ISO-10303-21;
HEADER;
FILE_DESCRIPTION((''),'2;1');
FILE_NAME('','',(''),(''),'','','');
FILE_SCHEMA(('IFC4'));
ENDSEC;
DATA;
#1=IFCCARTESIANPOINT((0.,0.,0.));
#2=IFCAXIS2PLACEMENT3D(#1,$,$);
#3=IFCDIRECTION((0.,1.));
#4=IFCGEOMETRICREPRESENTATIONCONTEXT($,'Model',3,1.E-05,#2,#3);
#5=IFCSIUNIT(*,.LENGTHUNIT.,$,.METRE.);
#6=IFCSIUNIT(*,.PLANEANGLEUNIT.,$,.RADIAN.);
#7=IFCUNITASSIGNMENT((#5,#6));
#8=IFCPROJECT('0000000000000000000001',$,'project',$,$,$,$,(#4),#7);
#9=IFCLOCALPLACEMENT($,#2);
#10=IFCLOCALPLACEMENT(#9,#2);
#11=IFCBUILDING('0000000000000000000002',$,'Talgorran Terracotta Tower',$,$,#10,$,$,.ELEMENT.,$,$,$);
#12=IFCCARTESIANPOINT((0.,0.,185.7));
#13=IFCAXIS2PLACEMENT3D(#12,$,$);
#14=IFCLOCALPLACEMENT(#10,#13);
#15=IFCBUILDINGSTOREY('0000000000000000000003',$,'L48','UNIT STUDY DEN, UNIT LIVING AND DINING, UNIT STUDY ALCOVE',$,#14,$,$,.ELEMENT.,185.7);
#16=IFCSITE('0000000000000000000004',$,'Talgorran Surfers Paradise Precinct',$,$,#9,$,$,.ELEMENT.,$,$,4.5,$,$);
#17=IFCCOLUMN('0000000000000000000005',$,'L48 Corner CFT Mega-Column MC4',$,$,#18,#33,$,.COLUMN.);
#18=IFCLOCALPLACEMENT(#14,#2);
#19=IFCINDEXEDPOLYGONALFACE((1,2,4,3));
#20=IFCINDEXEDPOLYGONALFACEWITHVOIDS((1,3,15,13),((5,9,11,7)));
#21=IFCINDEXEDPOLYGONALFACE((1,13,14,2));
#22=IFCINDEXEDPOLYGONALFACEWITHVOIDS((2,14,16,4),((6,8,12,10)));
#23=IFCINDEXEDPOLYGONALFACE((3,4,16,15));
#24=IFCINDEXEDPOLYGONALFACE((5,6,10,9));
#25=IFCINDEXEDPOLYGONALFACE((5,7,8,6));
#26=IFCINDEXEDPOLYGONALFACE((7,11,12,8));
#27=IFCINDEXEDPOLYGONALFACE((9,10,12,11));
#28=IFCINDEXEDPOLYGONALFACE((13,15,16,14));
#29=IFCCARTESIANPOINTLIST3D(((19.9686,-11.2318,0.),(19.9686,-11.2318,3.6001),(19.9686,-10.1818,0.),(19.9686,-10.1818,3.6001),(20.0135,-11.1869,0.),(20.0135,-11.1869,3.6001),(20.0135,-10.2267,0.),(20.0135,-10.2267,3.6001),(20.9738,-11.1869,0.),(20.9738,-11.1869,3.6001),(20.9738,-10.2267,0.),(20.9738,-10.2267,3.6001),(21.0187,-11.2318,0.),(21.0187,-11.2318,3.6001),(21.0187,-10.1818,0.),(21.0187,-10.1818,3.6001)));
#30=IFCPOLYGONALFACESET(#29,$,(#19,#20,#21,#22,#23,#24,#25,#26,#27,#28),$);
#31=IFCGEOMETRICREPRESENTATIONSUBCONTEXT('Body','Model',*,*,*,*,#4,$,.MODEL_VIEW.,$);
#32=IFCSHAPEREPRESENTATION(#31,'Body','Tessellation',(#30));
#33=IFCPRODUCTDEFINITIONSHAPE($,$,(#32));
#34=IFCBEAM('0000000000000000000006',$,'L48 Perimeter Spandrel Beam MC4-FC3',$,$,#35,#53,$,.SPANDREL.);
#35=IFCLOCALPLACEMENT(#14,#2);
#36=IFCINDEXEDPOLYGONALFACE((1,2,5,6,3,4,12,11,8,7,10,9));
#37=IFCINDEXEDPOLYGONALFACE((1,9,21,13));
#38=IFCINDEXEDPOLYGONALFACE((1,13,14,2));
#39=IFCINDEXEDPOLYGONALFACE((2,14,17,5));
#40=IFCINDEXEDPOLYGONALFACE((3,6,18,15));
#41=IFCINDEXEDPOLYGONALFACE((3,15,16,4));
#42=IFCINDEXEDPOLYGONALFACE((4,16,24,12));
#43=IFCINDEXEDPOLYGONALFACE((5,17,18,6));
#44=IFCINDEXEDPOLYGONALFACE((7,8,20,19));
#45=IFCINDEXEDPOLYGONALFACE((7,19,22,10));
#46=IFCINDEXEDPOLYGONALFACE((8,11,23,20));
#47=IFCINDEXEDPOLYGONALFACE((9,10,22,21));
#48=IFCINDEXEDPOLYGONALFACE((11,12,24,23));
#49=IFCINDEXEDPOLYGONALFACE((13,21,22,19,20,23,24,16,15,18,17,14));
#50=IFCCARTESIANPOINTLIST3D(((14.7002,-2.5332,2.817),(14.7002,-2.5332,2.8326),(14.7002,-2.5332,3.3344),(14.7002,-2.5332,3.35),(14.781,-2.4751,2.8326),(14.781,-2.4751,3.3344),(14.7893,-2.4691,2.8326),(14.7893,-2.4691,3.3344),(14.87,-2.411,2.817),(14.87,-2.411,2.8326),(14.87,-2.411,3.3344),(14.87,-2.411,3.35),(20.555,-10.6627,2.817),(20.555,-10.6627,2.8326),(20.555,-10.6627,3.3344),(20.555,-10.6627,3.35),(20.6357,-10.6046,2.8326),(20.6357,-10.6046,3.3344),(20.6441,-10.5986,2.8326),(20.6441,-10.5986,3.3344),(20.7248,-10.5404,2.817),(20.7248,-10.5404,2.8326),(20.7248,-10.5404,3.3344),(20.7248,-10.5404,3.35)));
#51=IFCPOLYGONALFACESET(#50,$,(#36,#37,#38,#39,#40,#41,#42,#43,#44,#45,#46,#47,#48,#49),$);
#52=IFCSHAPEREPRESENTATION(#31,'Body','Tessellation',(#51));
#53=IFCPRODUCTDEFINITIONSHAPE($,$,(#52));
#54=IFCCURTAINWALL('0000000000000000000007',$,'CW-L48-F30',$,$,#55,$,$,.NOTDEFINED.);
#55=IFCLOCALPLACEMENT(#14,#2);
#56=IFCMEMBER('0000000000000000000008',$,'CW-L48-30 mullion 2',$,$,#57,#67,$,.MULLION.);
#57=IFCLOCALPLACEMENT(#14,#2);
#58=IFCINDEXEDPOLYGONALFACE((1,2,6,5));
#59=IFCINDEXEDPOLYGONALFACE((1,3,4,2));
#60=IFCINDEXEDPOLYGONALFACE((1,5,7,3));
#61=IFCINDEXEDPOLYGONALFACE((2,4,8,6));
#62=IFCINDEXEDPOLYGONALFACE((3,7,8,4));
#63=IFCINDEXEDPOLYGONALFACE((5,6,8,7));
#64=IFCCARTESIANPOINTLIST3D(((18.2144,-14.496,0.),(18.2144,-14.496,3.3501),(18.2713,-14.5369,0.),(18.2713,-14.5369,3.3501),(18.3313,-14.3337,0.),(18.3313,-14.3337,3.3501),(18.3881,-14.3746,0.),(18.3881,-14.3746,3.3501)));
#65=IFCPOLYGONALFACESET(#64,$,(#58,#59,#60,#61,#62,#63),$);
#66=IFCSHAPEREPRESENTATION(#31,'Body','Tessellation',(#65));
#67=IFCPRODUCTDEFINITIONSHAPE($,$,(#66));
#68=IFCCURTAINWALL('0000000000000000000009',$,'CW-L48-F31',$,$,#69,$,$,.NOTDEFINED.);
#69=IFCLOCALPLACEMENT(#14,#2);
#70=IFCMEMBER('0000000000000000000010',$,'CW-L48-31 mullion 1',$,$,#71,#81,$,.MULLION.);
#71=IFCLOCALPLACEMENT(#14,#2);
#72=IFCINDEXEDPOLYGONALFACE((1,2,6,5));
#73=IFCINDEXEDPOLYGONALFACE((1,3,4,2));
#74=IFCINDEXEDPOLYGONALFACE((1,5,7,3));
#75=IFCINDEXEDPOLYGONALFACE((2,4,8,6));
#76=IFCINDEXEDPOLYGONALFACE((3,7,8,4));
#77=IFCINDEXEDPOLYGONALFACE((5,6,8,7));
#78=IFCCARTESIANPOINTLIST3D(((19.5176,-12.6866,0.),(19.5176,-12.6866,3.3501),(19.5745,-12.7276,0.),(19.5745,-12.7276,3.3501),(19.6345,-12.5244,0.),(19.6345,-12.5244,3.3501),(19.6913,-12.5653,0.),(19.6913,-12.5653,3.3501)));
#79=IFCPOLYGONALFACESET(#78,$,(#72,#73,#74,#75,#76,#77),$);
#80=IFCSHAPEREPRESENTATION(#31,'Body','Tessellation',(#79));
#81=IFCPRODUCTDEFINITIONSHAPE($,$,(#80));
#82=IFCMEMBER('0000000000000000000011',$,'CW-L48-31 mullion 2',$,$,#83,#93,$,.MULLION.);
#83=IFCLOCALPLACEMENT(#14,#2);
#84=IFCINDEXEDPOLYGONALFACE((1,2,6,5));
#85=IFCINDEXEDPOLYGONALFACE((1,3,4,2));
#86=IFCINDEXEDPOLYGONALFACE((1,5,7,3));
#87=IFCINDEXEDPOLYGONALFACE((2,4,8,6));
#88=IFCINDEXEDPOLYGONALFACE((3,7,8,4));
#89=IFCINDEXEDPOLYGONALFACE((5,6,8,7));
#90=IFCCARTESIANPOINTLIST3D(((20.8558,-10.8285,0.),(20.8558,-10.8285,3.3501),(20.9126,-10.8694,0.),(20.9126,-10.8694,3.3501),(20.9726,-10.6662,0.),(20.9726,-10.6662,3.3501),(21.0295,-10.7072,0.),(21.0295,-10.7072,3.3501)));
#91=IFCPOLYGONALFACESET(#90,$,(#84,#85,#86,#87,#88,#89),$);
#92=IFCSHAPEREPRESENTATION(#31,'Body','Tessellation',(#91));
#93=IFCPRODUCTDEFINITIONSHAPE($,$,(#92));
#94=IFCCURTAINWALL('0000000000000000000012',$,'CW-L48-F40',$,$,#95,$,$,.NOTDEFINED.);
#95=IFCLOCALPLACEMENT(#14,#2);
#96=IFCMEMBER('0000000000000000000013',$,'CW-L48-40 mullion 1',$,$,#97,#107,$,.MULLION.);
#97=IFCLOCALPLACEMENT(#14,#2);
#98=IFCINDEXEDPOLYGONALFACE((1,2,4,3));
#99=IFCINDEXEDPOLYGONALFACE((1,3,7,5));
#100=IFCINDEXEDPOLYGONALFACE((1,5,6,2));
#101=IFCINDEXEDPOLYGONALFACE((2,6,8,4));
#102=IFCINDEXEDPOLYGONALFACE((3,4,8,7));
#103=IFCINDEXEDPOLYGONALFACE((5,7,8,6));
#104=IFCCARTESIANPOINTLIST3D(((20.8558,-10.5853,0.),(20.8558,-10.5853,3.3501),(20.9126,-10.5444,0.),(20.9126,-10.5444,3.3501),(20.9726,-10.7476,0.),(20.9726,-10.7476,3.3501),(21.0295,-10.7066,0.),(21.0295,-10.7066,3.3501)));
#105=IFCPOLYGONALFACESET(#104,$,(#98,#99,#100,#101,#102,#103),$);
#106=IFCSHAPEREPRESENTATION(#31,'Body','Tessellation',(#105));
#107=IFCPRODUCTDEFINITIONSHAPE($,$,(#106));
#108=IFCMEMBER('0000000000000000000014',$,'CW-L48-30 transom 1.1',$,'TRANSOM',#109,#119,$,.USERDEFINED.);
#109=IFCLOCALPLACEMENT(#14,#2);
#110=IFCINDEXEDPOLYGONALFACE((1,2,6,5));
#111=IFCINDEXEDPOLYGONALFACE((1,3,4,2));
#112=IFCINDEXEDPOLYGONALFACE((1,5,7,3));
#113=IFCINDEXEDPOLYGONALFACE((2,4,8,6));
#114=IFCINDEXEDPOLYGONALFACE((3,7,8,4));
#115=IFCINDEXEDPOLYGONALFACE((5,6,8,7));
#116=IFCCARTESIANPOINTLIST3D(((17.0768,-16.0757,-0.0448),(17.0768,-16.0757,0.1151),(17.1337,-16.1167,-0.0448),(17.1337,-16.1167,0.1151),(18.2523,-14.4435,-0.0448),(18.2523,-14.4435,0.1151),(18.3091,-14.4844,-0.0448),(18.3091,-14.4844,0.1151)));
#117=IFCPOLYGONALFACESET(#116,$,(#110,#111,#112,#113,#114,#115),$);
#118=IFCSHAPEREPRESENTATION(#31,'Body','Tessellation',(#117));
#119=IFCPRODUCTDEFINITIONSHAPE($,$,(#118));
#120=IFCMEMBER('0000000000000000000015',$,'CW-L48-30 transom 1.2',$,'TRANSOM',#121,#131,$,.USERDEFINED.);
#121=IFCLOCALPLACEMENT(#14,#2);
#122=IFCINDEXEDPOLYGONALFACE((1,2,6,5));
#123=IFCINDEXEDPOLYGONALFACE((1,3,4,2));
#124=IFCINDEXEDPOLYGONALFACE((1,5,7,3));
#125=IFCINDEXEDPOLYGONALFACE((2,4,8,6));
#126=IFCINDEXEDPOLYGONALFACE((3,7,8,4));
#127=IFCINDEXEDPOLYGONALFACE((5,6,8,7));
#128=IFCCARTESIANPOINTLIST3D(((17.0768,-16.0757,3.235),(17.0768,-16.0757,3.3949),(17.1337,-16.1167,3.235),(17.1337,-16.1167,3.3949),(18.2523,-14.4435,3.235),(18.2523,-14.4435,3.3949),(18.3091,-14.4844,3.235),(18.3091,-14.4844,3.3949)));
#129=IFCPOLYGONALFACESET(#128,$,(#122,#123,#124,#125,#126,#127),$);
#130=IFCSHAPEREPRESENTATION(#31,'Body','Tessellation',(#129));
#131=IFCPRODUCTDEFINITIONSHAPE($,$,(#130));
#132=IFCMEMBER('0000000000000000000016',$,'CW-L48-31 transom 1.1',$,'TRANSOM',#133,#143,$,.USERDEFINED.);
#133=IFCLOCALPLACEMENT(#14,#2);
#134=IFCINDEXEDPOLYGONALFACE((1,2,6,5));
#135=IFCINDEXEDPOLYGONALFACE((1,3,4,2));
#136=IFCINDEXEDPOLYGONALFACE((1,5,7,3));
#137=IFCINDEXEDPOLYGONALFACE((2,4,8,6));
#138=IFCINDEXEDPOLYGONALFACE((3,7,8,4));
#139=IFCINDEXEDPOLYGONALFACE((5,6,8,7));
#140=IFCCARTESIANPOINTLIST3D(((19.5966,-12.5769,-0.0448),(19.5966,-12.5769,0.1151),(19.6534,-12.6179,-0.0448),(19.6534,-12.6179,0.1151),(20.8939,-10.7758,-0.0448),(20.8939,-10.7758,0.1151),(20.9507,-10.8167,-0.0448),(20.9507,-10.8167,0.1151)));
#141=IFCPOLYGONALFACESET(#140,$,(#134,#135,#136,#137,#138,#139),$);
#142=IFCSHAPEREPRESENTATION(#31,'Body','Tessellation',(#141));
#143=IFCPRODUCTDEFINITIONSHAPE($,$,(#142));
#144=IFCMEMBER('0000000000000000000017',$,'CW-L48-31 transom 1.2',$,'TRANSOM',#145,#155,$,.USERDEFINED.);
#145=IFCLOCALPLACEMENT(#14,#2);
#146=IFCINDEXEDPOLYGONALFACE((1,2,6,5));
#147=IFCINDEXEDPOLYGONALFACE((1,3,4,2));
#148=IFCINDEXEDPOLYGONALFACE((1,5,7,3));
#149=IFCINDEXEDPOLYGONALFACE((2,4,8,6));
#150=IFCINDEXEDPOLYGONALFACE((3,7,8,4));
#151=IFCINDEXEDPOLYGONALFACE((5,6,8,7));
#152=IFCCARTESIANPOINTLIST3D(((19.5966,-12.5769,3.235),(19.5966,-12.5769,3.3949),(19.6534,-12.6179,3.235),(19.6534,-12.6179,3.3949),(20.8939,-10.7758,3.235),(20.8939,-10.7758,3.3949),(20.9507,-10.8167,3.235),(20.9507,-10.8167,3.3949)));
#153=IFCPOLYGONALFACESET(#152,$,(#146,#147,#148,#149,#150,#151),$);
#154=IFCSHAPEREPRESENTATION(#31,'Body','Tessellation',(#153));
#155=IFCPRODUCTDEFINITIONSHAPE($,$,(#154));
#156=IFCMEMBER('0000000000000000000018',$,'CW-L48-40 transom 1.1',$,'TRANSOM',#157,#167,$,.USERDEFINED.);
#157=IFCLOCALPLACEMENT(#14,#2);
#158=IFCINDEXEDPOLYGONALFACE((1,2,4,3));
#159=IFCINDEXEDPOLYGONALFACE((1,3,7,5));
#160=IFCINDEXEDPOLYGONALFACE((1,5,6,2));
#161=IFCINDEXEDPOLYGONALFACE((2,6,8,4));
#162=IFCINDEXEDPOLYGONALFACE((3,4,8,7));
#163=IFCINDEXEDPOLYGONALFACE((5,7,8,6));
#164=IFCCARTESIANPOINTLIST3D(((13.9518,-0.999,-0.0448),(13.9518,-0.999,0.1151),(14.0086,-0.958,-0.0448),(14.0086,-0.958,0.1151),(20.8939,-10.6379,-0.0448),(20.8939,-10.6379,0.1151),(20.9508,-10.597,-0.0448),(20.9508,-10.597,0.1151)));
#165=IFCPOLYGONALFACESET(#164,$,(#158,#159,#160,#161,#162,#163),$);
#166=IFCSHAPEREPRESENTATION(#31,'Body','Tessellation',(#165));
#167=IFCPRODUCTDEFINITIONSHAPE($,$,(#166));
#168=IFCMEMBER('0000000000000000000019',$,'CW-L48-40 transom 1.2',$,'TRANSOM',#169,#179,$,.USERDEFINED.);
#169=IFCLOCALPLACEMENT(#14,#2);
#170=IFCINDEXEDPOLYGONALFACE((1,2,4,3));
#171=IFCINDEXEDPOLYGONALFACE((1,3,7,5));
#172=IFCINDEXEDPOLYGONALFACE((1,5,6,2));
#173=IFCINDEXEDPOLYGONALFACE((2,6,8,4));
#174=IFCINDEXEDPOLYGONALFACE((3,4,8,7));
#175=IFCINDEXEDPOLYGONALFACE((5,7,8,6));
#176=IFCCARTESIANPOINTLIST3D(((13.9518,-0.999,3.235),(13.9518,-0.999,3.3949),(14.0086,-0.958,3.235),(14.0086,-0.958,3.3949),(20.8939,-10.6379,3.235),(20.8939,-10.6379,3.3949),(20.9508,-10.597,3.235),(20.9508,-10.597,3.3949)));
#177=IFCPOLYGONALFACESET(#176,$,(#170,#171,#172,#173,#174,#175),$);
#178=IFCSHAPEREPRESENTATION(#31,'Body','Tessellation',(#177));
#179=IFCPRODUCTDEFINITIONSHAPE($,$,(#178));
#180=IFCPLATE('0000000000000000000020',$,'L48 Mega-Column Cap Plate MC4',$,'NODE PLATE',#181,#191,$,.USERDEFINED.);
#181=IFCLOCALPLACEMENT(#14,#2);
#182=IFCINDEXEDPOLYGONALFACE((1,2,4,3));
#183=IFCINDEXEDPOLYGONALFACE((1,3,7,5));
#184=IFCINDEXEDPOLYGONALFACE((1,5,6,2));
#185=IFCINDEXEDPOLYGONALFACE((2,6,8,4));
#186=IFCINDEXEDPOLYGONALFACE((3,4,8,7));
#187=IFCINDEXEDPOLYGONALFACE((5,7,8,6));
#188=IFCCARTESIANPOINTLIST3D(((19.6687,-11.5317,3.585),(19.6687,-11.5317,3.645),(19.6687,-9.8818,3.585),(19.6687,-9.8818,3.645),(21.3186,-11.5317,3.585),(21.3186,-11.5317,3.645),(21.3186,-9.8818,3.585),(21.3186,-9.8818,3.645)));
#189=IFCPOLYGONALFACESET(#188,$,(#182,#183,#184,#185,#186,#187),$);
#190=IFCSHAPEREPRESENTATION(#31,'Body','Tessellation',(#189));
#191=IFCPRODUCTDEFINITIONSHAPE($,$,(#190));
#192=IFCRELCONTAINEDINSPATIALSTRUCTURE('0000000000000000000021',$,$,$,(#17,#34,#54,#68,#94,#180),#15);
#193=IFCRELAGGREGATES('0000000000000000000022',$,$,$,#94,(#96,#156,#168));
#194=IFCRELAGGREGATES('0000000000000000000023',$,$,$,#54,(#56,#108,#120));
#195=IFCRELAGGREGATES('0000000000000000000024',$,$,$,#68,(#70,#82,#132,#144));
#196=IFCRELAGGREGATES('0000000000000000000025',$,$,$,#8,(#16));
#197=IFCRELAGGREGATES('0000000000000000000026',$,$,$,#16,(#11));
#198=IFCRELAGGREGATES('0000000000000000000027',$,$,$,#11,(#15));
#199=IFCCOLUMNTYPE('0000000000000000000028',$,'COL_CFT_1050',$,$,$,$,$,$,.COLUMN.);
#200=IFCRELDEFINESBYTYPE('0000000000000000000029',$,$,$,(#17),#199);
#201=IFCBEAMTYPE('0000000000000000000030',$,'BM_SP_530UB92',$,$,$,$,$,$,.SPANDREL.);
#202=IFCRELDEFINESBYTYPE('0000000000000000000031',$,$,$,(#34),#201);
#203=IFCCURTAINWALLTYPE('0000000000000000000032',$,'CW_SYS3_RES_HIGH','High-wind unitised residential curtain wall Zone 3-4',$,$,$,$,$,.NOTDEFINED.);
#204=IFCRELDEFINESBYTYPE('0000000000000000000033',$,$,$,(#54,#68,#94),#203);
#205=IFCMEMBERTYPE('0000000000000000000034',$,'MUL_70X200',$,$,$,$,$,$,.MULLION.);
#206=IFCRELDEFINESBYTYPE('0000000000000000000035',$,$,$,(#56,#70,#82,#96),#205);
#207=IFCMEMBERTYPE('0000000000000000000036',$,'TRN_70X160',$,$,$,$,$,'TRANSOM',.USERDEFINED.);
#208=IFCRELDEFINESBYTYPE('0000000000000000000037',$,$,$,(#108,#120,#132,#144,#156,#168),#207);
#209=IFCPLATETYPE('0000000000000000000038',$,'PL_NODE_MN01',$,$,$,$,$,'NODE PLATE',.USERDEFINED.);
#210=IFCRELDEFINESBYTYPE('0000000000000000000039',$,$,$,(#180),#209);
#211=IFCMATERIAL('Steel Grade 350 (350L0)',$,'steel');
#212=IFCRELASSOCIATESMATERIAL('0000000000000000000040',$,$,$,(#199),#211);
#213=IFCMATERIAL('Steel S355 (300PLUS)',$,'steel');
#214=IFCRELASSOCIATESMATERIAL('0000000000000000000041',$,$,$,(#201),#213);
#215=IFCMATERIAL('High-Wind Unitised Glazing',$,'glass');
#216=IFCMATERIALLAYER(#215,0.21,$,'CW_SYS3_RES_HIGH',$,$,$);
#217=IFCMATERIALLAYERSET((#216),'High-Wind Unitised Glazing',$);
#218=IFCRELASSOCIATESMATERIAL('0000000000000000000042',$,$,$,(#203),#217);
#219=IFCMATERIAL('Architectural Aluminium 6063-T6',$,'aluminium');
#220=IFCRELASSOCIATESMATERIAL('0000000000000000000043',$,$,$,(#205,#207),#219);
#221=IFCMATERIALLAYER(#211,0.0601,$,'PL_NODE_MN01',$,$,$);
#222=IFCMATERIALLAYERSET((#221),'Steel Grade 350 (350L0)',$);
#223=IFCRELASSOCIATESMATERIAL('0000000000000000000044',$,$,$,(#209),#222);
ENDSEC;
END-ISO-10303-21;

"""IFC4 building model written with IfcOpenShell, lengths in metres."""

from ifc_helpers import new_model, si_unit, direction, frame, origin, origin_2d, place, context, subcontext, project, spatial, rectangle, hollow_rectangle, i_section, extrude, material, layer, layer_set, material_profile, profile_set, type_object, element, aggregate, save


model = new_model("IFC4")

# Units and contexts
model_context = context("Model", 3, precision=1e-05, world=origin(), true_north=direction((0.0, 1.0)))
body_context = subcontext(model_context, "Body", "Model", "MODEL_VIEW")
ifc_project = project(units=[si_unit("LENGTHUNIT", "METRE"), si_unit("PLANEANGLEUNIT", "RADIAN")], contexts=[model_context])

# Site, building, storey
site_placement = place(None, origin())
site = spatial("IfcSite", under=ifc_project, at=site_placement, Name="Talgorran Surfers Paradise Precinct", CompositionType="ELEMENT", RefElevation=4.5)
building_placement = place(site_placement, origin())
building = spatial("IfcBuilding", under=site, at=building_placement, Name="Talgorran Terracotta Tower", CompositionType="ELEMENT")
storey_placement = place(building_placement, frame((0.0, 0.0, 185.7)))
storey = spatial("IfcBuildingStorey", under=building, at=storey_placement, Name="L48", Description="UNIT STUDY DEN, UNIT LIVING AND DINING, UNIT STUDY ALCOVE", CompositionType="ELEMENT", Elevation=185.7)

# Column
ifc_material_1 = material(Name="Steel Grade 350 (350L0)", Category="steel")
ifc_material_profile_1 = material_profile(ifc_material_1, hollow_rectangle(XDim=1.05, YDim=1.05, WallThickness=0.0449, at=origin_2d()), Name="CFT1050X1050X45")
ifc_profile_set_1 = profile_set([ifc_material_profile_1], Name="Steel Grade 350 (350L0)")
column_type = type_object("IfcColumnType", Name="COL_CFT_1050", PredefinedType="COLUMN", material=ifc_profile_set_1)
column_placement = place(storey_placement, frame((20.4937, -10.7068, 0.0), z_axis=(0.0, 0.0, 1.0), x_axis=(1.0, 0.0, 0.0)))
element("IfcColumn", 1, at=column_placement, inside=storey, type_object=column_type, Name="L48 Corner CFT Mega-Column MC4", PredefinedType="COLUMN", context=body_context, shape_type="SweptSolid", body=[
    extrude(hollow_rectangle(XDim=1.05, YDim=1.05, WallThickness=0.0449, at=origin_2d()), origin(), (0.0, 0.0, 1.0), 3.6001),
])

# Beam
ifc_material_2 = material(Name="Steel S355 (300PLUS)", Category="steel")
ifc_material_profile_2 = material_profile(ifc_material_2, i_section(OverallWidth=0.2092, OverallDepth=0.533, WebThickness=0.0103, FlangeThickness=0.0156, at=origin_2d()), Name="530UB92.4")
ifc_profile_set_2 = profile_set([ifc_material_profile_2], Name="Steel S355 (300PLUS)")
beam_type = type_object("IfcBeamType", Name="BM_SP_530UB92", PredefinedType="SPANDREL", material=ifc_profile_set_2)
beam_placement = place(storey_placement, frame((20.6399, -10.6016, 3.0835), z_axis=(-0.584408, 0.81146, 0.0), x_axis=(-0.81146, -0.584408, 0.0)))
element("IfcBeam", 2, at=beam_placement, inside=storey, type_object=beam_type, Name="L48 Perimeter Spandrel Beam MC4-FC3", PredefinedType="SPANDREL", context=body_context, shape_type="SweptSolid", body=[
    extrude(i_section(OverallWidth=0.2092, OverallDepth=0.533, WebThickness=0.0103, FlangeThickness=0.0156, at=origin_2d()), origin(), (0.0, 0.0, 1.0), 10.0183),
])

# Curtain wall, member
ifc_material_3 = material(Name="High-Wind Unitised Glazing", Category="glass")
ifc_layer_1 = layer(ifc_material_3, 0.21, Name="CW_SYS3_RES_HIGH")
ifc_layer_set_1 = layer_set([ifc_layer_1], Name="High-Wind Unitised Glazing")
curtain_wall_type = type_object("IfcCurtainWallType", Name="CW_SYS3_RES_HIGH", Description="High-wind unitised residential curtain wall Zone 3-4", PredefinedType="NOTDEFINED", material=ifc_layer_set_1)
curtain_wall_1_placement = place(storey_placement, origin())
curtain_wall_1 = element("IfcCurtainWall", 3, at=curtain_wall_1_placement, inside=storey, type_object=curtain_wall_type, Name="CW-L48-F30", PredefinedType="NOTDEFINED")
ifc_material_4 = material(Name="Architectural Aluminium 6063-T6", Category="aluminium")
ifc_material_profile_3 = material_profile(ifc_material_4, rectangle(XDim=0.0701, YDim=0.2, at=origin_2d()), Name="CWM70X200")
ifc_profile_set_3 = profile_set([ifc_material_profile_3], Name="Architectural Aluminium 6063-T6")
member_type_1 = type_object("IfcMemberType", Name="MUL_70X200", PredefinedType="MULLION", material=ifc_profile_set_3)
member_1_placement = place(storey_placement, frame((18.3013, -14.4353, 0.0), z_axis=(0.0, 0.0, 1.0), x_axis=(-0.811466, 0.584399, 0.0)))
member_1 = element("IfcMember", 4, at=member_1_placement, type_object=member_type_1, Name="CW-L48-30 mullion 2", PredefinedType="MULLION", context=body_context, shape_type="SweptSolid", body=[
    extrude(rectangle(XDim=0.0701, YDim=0.2, at=origin_2d()), origin(), (0.0, 0.0, 1.0), 3.3501),
])

# Curtain wall, members
curtain_wall_2_placement = place(storey_placement, origin())
curtain_wall_2 = element("IfcCurtainWall", 5, at=curtain_wall_2_placement, inside=storey, type_object=curtain_wall_type, Name="CW-L48-F31", PredefinedType="NOTDEFINED")
member_2_placement = place(storey_placement, frame((19.6045, -12.626, 0.0), z_axis=(0.0, 0.0, 1.0), x_axis=(-0.811454, 0.584416, 0.0)))
member_2 = element("IfcMember", 6, at=member_2_placement, type_object=member_type_1, Name="CW-L48-31 mullion 1", PredefinedType="MULLION", context=body_context, shape_type="SweptSolid", body=[
    extrude(rectangle(XDim=0.0701, YDim=0.2, at=origin_2d()), origin(), (0.0, 0.0, 1.0), 3.3501),
])
member_3_placement = place(storey_placement, frame((20.9426, -10.7678, 0.0), z_axis=(0.0, 0.0, 1.0), x_axis=(-0.811454, 0.584416, 0.0)))
member_3 = element("IfcMember", 7, at=member_3_placement, type_object=member_type_1, Name="CW-L48-31 mullion 2", PredefinedType="MULLION", context=body_context, shape_type="SweptSolid", body=[
    extrude(rectangle(XDim=0.0701, YDim=0.2, at=origin_2d()), origin(), (0.0, 0.0, 1.0), 3.3501),
])

# Curtain wall, member
curtain_wall_3_placement = place(storey_placement, origin())
curtain_wall_3 = element("IfcCurtainWall", 8, at=curtain_wall_3_placement, inside=storey, type_object=curtain_wall_type, Name="CW-L48-F40", PredefinedType="NOTDEFINED")
member_4_placement = place(storey_placement, frame((20.9426, -10.646, 0.0), z_axis=(0.0, 0.0, 1.0), x_axis=(-0.811461, -0.584406, 0.0)))
member_4 = element("IfcMember", 9, at=member_4_placement, type_object=member_type_1, Name="CW-L48-40 mullion 1", PredefinedType="MULLION", context=body_context, shape_type="SweptSolid", body=[
    extrude(rectangle(XDim=0.0701, YDim=0.2, at=origin_2d()), origin(), (0.0, 0.0, 1.0), 3.3501),
])

# Members
ifc_material_profile_4 = material_profile(ifc_material_4, rectangle(XDim=0.0701, YDim=0.1599, at=origin_2d()), Name="CWT70X160")
ifc_profile_set_4 = profile_set([ifc_material_profile_4], Name="Architectural Aluminium 6063-T6")
member_type_2 = type_object("IfcMemberType", Name="TRN_70X160", ElementType="TRANSOM", PredefinedType="USERDEFINED", material=ifc_profile_set_4)
member_5_placement = place(storey_placement, frame((17.1052, -16.0962, 0.0352), z_axis=(0.584391, 0.811472, 0.0), x_axis=(-0.811472, 0.584391, 0.0)))
member_5 = element("IfcMember", 10, at=member_5_placement, type_object=member_type_2, Name="CW-L48-30 transom 1.1", ObjectType="TRANSOM", PredefinedType="USERDEFINED", context=body_context, shape_type="SweptSolid", body=[
    extrude(rectangle(XDim=0.0701, YDim=0.1599, at=origin_2d()), origin(), (0.0, 0.0, 1.0), 2.0115),
])
member_6_placement = place(storey_placement, frame((17.1052, -16.0962, 3.3149), z_axis=(0.584391, 0.811472, 0.0), x_axis=(-0.811472, 0.584391, 0.0)))
member_6 = element("IfcMember", 11, at=member_6_placement, type_object=member_type_2, Name="CW-L48-30 transom 1.2", ObjectType="TRANSOM", PredefinedType="USERDEFINED", context=body_context, shape_type="SweptSolid", body=[
    extrude(rectangle(XDim=0.0701, YDim=0.1599, at=origin_2d()), origin(), (0.0, 0.0, 1.0), 2.0115),
])
member_7_placement = place(storey_placement, frame((19.625, -12.5974, 0.0352), z_axis=(0.584438, 0.811438, 0.0), x_axis=(-0.811438, 0.584438, 0.0)))
member_7 = element("IfcMember", 12, at=member_7_placement, type_object=member_type_2, Name="CW-L48-31 transom 1.1", ObjectType="TRANSOM", PredefinedType="USERDEFINED", context=body_context, shape_type="SweptSolid", body=[
    extrude(rectangle(XDim=0.0701, YDim=0.1599, at=origin_2d()), origin(), (0.0, 0.0, 1.0), 2.2197),
])
member_8_placement = place(storey_placement, frame((19.625, -12.5974, 3.3149), z_axis=(0.584438, 0.811438, 0.0), x_axis=(-0.811438, 0.584438, 0.0)))
member_8 = element("IfcMember", 13, at=member_8_placement, type_object=member_type_2, Name="CW-L48-31 transom 1.2", ObjectType="TRANSOM", PredefinedType="USERDEFINED", context=body_context, shape_type="SweptSolid", body=[
    extrude(rectangle(XDim=0.0701, YDim=0.1599, at=origin_2d()), origin(), (0.0, 0.0, 1.0), 2.2197),
])
member_9_placement = place(storey_placement, frame((20.9224, -10.6174, 0.0352), z_axis=(-0.584422, 0.81145, 0.0), x_axis=(-0.81145, -0.584422, 0.0)))
member_9 = element("IfcMember", 14, at=member_9_placement, type_object=member_type_2, Name="CW-L48-40 transom 1.1", ObjectType="TRANSOM", PredefinedType="USERDEFINED", context=body_context, shape_type="SweptSolid", body=[
    extrude(rectangle(XDim=0.0701, YDim=0.1599, at=origin_2d()), origin(), (0.0, 0.0, 1.0), 11.8787),
])
member_10_placement = place(storey_placement, frame((20.9224, -10.6174, 3.3149), z_axis=(-0.584422, 0.81145, 0.0), x_axis=(-0.81145, -0.584422, 0.0)))
member_10 = element("IfcMember", 15, at=member_10_placement, type_object=member_type_2, Name="CW-L48-40 transom 1.2", ObjectType="TRANSOM", PredefinedType="USERDEFINED", context=body_context, shape_type="SweptSolid", body=[
    extrude(rectangle(XDim=0.0701, YDim=0.1599, at=origin_2d()), origin(), (0.0, 0.0, 1.0), 11.8787),
])
aggregate(curtain_wall_3, [member_4, member_9, member_10])

# Plate
ifc_layer_2 = layer(ifc_material_1, 0.0601, Name="PL_NODE_MN01")
ifc_layer_set_2 = layer_set([ifc_layer_2], Name="Steel Grade 350 (350L0)")
plate_type_1 = type_object("IfcPlateType", Name="PL_NODE_MN01", ElementType="NODE PLATE", PredefinedType="USERDEFINED", material=ifc_layer_set_2)
plate_1_placement = place(storey_placement, frame((20.4937, -10.7068, 3.585), z_axis=(0.0, 0.0, 1.0), x_axis=(1.0, 0.0, 0.0)))
element("IfcPlate", 16, at=plate_1_placement, inside=storey, type_object=plate_type_1, Name="L48 Mega-Column Cap Plate MC4", ObjectType="NODE PLATE", PredefinedType="USERDEFINED", context=body_context, shape_type="SweptSolid", body=[
    extrude(rectangle(XDim=1.6499, YDim=1.6499, at=origin_2d()), origin(), (0.0, 0.0, 1.0), 0.0601),
])
aggregate(curtain_wall_1, [member_1, member_5, member_6])
aggregate(curtain_wall_2, [member_2, member_3, member_7, member_8])

save(model, "model.ifc")
